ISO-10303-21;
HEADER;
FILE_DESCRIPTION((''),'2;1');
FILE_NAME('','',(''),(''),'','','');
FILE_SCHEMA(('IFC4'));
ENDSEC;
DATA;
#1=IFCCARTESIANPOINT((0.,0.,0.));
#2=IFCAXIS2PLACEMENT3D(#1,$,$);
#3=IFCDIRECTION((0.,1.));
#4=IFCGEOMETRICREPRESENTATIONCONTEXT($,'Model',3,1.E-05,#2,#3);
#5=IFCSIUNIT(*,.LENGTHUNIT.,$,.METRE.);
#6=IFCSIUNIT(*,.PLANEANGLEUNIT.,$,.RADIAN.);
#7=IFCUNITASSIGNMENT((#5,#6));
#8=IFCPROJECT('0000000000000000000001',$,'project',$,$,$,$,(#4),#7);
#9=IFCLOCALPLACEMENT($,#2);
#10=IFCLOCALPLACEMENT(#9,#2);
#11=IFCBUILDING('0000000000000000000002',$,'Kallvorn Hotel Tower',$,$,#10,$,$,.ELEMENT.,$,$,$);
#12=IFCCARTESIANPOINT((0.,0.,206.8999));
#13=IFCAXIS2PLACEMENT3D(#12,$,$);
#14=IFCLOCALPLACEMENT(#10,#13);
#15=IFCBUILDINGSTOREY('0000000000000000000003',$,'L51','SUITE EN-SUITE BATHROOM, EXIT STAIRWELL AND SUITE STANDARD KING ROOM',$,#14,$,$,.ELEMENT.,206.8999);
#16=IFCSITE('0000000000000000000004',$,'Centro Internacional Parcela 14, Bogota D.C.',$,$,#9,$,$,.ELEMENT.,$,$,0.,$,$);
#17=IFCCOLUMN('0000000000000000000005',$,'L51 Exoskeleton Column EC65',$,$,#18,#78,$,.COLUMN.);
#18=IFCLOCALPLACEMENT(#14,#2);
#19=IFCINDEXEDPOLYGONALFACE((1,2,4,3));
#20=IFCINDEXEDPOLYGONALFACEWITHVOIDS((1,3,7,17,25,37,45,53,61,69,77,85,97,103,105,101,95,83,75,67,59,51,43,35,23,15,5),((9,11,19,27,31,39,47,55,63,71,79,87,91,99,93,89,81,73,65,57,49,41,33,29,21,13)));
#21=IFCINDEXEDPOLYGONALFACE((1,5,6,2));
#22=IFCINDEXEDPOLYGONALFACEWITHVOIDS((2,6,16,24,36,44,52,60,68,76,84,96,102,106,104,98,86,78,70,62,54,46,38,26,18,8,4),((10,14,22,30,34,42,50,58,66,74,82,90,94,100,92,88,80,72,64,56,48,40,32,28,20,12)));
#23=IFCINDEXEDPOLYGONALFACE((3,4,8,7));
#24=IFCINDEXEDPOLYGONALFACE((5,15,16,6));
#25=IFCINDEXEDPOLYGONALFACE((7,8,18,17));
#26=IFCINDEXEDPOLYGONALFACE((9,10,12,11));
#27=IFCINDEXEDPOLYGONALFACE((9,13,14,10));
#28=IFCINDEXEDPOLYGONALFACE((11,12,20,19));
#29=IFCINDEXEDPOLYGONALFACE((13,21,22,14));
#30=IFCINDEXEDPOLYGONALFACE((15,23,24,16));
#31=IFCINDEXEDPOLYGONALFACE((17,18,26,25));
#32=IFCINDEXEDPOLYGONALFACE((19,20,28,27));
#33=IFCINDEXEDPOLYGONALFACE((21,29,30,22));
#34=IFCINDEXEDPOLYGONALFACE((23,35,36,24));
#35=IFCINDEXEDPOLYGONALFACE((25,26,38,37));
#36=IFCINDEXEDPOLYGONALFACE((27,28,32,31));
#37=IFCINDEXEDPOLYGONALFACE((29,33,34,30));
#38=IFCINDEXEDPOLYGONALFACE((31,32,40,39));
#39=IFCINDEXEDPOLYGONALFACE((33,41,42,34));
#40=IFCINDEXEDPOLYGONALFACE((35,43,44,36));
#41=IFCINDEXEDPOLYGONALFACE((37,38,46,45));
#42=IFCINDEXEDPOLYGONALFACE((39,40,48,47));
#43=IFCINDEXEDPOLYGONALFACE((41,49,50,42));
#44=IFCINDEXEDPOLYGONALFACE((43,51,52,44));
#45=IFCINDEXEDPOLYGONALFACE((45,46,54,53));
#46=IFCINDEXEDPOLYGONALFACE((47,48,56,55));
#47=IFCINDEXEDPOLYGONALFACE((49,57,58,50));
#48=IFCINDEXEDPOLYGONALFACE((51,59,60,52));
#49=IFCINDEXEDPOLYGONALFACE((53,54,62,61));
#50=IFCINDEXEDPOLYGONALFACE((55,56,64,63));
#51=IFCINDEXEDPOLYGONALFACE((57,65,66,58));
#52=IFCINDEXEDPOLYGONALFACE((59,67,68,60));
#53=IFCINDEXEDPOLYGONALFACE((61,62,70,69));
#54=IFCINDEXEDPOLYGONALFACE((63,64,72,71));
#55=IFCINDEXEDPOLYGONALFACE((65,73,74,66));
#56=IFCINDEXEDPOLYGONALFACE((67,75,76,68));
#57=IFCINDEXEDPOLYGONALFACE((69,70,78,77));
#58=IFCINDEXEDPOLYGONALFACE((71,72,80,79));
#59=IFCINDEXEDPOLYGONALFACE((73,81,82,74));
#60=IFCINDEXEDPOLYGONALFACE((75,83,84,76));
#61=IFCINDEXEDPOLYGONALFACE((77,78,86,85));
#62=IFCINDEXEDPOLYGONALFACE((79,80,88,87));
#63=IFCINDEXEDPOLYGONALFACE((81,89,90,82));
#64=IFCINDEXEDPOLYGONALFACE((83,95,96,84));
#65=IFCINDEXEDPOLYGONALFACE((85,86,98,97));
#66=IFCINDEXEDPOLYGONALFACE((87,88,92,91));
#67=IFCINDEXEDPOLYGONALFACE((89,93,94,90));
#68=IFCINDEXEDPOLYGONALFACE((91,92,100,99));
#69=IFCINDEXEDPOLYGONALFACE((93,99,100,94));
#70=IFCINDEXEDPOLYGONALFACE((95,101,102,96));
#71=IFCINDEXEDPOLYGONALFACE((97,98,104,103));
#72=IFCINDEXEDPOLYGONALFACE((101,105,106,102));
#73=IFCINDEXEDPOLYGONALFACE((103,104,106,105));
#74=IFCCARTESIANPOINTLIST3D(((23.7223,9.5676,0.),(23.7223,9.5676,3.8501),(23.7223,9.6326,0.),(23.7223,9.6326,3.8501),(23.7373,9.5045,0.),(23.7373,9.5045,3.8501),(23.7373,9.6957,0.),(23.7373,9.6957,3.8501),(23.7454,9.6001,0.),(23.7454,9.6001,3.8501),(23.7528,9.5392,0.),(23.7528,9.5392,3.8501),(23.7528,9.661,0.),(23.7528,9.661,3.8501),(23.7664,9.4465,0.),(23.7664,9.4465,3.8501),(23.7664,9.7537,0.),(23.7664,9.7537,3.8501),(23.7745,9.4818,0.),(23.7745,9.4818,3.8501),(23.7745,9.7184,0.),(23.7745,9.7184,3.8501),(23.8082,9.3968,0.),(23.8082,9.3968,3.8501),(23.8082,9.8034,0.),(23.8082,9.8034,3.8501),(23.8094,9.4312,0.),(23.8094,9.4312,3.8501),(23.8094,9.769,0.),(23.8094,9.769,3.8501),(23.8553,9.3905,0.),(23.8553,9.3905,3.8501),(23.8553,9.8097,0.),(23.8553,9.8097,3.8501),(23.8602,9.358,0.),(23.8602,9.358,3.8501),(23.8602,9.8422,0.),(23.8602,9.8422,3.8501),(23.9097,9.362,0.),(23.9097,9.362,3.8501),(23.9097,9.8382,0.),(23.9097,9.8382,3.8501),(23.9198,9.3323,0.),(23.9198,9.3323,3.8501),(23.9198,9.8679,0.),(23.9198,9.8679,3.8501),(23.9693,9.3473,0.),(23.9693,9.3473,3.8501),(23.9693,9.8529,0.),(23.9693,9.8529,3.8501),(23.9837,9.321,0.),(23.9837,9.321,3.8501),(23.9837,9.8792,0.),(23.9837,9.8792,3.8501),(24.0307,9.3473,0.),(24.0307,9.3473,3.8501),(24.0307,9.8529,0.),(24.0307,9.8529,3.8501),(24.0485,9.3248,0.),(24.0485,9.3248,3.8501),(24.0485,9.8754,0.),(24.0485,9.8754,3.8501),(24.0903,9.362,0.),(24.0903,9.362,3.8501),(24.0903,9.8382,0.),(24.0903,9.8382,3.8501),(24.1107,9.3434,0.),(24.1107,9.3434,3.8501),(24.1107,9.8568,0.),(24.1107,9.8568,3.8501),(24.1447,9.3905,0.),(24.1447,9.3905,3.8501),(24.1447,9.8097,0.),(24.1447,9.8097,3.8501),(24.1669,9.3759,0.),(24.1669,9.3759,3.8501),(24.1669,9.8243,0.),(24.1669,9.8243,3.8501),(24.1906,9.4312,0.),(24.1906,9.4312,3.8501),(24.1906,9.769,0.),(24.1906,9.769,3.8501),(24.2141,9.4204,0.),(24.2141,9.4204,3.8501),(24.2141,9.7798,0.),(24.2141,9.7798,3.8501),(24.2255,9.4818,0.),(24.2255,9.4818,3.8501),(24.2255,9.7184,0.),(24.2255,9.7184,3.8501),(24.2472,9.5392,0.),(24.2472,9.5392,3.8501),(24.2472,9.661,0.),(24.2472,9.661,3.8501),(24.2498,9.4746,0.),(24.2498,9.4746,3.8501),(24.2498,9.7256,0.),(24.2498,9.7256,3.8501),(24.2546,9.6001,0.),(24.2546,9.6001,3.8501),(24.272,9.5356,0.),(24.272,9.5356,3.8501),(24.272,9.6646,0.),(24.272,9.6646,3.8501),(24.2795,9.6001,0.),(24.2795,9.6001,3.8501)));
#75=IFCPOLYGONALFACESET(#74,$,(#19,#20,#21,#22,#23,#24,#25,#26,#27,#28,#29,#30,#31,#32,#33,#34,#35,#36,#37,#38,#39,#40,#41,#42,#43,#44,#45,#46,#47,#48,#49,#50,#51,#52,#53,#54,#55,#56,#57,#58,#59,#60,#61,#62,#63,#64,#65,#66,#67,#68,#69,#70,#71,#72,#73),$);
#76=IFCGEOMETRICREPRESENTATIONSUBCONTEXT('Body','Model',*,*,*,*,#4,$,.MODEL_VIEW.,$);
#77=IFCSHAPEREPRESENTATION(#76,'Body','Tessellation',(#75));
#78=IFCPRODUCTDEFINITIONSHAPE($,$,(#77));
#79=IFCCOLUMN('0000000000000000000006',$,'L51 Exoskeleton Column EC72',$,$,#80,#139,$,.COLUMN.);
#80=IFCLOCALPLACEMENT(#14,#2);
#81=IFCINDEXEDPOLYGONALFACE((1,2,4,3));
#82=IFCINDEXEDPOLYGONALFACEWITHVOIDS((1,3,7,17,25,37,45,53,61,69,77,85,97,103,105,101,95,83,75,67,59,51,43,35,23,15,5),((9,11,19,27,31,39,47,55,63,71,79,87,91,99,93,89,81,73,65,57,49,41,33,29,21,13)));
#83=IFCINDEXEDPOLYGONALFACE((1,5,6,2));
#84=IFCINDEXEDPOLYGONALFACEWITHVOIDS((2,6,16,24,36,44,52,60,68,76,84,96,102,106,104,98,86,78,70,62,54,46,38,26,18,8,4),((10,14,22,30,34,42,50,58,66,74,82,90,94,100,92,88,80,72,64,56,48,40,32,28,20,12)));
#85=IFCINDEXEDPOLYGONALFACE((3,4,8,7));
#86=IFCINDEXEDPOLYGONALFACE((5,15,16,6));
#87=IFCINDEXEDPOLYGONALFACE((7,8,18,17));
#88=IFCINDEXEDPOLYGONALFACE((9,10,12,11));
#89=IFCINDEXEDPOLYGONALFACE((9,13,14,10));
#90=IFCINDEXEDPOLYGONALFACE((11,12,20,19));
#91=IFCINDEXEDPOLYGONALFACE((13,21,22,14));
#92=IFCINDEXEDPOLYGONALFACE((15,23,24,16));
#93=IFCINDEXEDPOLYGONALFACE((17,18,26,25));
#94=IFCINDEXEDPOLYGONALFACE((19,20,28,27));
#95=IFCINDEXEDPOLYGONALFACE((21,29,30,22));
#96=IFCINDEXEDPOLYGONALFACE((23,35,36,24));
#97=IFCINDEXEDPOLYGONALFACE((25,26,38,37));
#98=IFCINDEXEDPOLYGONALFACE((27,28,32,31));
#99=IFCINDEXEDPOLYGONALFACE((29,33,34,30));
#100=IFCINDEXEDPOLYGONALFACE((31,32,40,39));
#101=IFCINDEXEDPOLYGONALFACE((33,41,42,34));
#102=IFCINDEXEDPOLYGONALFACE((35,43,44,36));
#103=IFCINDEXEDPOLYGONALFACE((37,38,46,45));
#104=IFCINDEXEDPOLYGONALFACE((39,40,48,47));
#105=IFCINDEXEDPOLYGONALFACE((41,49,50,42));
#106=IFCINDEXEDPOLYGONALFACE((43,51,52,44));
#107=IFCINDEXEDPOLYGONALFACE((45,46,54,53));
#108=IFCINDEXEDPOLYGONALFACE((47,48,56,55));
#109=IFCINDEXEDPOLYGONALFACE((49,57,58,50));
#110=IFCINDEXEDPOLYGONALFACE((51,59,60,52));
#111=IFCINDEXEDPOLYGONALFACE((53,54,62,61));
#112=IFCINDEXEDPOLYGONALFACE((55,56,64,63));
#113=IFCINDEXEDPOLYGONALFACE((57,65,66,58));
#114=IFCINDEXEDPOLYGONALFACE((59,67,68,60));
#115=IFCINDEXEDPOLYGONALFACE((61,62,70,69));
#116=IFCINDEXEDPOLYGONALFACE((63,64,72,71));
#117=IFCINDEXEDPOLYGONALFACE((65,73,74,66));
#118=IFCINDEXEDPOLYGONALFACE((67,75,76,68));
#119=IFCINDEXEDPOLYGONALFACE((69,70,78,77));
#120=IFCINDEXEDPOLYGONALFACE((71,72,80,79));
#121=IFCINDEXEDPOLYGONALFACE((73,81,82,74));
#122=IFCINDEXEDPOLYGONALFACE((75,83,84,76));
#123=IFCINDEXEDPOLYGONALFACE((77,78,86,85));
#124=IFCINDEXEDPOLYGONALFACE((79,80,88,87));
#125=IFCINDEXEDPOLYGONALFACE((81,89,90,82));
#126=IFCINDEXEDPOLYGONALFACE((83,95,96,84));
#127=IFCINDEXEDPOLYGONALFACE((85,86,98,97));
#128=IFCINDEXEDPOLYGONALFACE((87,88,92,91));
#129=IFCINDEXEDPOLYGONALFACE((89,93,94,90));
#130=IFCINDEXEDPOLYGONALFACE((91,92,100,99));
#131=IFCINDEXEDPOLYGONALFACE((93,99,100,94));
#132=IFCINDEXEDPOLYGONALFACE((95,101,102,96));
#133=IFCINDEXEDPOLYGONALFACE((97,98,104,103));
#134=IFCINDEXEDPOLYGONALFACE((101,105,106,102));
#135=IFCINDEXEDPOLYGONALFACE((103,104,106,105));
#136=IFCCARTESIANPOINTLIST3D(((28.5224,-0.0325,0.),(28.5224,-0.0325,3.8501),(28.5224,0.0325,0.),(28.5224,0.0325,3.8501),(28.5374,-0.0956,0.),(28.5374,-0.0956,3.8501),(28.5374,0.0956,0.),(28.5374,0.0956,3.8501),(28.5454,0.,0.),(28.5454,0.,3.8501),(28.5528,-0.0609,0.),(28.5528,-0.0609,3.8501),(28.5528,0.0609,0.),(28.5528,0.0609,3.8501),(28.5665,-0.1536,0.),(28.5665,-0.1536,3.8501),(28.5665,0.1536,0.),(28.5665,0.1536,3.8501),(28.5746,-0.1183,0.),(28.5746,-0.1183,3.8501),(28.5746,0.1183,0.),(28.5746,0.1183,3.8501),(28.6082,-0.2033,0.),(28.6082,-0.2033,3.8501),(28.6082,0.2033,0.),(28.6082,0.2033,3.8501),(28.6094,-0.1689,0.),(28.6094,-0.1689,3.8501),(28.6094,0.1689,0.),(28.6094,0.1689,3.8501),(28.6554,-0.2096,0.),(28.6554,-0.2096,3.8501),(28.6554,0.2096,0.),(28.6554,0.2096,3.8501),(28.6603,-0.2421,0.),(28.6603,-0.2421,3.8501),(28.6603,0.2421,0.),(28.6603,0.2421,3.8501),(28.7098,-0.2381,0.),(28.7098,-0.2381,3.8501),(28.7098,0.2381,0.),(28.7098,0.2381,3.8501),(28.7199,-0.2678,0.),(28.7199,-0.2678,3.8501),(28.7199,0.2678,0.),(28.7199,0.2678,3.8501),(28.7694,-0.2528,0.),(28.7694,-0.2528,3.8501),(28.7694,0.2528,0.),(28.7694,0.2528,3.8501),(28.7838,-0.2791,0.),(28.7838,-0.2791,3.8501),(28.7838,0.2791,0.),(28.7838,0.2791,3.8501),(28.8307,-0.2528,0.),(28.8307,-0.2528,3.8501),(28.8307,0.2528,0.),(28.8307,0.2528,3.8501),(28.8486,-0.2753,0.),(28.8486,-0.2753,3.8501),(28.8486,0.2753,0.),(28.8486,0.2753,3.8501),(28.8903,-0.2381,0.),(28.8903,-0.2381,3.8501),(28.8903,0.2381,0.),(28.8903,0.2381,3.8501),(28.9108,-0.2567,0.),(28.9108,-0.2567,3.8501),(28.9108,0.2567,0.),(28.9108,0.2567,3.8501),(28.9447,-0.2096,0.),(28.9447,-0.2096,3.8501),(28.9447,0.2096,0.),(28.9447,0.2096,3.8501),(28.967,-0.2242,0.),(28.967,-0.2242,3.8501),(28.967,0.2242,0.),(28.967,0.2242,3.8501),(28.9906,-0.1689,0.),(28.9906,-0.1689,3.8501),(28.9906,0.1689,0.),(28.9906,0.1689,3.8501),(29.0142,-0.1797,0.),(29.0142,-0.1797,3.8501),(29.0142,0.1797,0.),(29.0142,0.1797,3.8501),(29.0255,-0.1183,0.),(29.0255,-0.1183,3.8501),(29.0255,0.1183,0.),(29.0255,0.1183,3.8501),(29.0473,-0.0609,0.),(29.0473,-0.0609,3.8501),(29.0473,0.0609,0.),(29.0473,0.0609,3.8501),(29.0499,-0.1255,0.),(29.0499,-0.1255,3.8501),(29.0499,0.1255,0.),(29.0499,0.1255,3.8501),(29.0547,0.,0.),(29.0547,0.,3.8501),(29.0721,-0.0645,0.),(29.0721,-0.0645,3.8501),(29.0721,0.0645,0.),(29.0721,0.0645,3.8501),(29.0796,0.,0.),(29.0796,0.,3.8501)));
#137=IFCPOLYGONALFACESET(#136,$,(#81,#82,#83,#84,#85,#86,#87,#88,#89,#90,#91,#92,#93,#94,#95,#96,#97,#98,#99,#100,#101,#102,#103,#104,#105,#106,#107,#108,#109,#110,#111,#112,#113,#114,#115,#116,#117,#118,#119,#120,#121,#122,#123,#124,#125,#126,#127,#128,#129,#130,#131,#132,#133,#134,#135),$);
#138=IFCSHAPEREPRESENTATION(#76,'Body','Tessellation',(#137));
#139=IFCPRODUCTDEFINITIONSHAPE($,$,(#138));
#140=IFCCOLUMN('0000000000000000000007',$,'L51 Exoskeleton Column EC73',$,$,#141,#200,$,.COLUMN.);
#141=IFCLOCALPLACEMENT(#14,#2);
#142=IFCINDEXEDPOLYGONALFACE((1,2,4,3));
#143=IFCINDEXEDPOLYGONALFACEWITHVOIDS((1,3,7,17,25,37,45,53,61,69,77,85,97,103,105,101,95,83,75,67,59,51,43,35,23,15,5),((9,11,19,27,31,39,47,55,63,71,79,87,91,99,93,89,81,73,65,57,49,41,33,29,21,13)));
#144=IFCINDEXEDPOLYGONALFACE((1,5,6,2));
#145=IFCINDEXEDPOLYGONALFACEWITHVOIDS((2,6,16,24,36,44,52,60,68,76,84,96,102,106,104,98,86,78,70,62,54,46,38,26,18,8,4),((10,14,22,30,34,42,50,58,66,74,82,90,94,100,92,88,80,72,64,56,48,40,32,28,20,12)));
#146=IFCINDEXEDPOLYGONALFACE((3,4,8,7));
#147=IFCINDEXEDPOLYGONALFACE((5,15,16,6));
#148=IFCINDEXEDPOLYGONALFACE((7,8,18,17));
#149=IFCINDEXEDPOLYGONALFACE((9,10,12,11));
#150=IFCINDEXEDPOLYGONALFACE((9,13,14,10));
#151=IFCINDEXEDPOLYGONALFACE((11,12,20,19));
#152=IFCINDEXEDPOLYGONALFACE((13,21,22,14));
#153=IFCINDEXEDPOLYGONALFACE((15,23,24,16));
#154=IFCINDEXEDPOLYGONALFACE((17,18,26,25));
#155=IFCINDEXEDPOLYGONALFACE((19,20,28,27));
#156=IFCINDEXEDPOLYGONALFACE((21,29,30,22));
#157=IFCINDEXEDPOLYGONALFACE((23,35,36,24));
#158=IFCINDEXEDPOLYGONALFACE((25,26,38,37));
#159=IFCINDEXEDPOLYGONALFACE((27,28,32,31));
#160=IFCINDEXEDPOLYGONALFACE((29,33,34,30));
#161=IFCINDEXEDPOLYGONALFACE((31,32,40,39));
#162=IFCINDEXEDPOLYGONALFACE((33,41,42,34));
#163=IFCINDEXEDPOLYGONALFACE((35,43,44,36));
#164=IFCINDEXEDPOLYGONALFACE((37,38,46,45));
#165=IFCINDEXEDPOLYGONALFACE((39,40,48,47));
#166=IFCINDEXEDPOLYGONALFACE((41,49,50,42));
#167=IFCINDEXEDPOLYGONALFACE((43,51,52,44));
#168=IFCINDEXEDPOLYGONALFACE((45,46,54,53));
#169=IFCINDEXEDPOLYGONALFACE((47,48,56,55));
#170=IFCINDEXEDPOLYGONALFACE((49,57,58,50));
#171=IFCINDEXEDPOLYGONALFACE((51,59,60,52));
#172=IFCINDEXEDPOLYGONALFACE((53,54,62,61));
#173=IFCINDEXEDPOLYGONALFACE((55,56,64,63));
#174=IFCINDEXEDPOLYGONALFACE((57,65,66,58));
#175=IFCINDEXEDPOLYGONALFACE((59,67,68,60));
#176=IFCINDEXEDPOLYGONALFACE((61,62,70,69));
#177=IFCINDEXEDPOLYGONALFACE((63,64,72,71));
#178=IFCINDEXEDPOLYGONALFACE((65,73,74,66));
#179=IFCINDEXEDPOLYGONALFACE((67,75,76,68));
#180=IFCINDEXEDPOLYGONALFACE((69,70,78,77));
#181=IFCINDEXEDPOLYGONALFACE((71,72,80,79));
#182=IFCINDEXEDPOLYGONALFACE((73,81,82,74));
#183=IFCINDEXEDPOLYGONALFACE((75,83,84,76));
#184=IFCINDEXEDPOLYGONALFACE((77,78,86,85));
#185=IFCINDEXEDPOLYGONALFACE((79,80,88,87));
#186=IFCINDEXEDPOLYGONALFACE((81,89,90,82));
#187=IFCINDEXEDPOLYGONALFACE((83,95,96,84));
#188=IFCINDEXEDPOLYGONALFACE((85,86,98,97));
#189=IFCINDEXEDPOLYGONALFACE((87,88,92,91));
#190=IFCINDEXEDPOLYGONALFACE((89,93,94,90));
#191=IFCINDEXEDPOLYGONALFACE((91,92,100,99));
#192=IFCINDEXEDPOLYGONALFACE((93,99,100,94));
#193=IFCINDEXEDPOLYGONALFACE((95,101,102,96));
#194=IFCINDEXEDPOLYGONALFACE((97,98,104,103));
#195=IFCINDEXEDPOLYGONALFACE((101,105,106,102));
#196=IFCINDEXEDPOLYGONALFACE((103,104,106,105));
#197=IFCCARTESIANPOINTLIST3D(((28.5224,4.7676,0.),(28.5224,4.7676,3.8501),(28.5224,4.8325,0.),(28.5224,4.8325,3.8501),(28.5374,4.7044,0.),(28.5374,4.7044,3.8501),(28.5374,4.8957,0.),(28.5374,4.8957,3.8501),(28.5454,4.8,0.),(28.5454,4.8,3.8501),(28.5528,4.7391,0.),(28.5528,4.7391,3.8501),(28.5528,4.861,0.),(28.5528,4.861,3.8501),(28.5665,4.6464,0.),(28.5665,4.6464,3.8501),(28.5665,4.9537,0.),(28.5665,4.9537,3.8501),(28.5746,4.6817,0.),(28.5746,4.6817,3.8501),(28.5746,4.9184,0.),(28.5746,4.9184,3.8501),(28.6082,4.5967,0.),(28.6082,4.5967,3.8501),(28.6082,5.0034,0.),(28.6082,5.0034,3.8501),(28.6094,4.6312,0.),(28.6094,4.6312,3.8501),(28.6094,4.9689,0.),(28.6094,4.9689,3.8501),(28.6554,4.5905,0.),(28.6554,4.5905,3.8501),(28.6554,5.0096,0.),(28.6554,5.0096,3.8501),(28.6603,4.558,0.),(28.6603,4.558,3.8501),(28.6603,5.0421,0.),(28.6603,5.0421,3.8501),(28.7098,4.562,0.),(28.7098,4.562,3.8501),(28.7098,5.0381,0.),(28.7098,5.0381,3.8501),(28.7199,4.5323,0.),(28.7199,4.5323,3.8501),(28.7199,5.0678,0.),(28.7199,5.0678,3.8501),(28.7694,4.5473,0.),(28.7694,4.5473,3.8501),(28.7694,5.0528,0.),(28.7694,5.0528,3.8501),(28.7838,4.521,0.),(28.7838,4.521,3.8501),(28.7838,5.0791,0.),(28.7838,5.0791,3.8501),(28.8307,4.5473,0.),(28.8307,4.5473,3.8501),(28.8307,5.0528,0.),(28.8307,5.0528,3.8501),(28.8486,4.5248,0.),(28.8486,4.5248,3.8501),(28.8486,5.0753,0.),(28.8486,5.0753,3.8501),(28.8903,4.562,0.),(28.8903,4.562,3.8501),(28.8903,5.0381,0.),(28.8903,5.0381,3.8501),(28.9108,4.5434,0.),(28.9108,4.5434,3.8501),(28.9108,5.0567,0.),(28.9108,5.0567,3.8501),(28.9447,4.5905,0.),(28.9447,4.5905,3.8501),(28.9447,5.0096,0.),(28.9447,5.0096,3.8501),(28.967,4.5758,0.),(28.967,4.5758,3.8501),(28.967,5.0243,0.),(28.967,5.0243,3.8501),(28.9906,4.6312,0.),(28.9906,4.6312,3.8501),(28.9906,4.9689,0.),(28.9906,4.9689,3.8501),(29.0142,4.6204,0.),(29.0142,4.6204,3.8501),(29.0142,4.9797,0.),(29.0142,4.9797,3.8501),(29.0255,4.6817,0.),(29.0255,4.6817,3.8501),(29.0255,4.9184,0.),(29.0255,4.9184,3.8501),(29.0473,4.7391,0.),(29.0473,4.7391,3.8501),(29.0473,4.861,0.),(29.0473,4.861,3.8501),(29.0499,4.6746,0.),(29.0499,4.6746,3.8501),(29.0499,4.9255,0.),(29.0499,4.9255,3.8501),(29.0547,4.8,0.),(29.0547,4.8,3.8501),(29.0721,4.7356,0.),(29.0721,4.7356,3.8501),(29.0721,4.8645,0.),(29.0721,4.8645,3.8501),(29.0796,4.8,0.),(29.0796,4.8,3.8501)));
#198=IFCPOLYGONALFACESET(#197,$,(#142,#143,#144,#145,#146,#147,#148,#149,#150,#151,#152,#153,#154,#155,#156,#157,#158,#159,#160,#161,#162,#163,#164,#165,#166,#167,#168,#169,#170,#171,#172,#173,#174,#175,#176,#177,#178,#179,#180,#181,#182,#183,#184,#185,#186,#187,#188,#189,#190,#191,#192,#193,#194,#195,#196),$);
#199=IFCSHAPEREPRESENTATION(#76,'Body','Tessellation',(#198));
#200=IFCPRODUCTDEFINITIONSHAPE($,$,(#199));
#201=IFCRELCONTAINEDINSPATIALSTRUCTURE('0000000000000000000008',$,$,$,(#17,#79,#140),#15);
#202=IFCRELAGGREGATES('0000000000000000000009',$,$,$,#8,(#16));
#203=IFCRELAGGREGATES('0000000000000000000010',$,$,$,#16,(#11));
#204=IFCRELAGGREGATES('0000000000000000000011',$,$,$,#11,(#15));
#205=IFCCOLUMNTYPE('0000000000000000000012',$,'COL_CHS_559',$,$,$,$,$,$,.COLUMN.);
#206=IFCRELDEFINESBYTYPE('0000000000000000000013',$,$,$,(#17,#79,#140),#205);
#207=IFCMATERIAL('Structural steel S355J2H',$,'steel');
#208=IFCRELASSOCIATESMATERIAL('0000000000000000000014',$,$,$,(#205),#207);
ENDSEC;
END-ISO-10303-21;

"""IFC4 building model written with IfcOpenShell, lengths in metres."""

from ifc_helpers import new_model, si_unit, direction, frame, origin, origin_2d, place, context, subcontext, project, spatial, hollow_circle, extrude, material, material_profile, profile_set, type_object, element, save


model = new_model("IFC4")

# Units and contexts
model_context = context("Model", 3, precision=1e-05, world=origin(), true_north=direction((0.0, 1.0)))
body_context = subcontext(model_context, "Body", "Model", "MODEL_VIEW")
ifc_project = project(units=[si_unit("LENGTHUNIT", "METRE"), si_unit("PLANEANGLEUNIT", "RADIAN")], contexts=[model_context])

# Site, building, storey
site_placement = place(None, origin())
site = spatial("IfcSite", under=ifc_project, at=site_placement, Name="Centro Internacional Parcela 14, Bogota D.C.", CompositionType="ELEMENT", RefElevation=0.0)
building_placement = place(site_placement, origin())
building = spatial("IfcBuilding", under=site, at=building_placement, Name="Kallvorn Hotel Tower", CompositionType="ELEMENT")
storey_placement = place(building_placement, frame((0.0, 0.0, 206.8999)))
storey = spatial("IfcBuildingStorey", under=building, at=storey_placement, Name="L51", Description="SUITE EN-SUITE BATHROOM, EXIT STAIRWELL AND SUITE STANDARD KING ROOM", CompositionType="ELEMENT", Elevation=206.8999)

# Columns
ifc_material_1 = material(Name="Structural steel S355J2H", Category="steel")
ifc_material_profile_1 = material_profile(ifc_material_1, hollow_circle(Radius=0.2795, WallThickness=0.0249, at=origin_2d()), Name="CHS 559x25")
ifc_profile_set_1 = profile_set([ifc_material_profile_1], Name="Structural steel S355J2H")
column_type_1 = type_object("IfcColumnType", Name="COL_CHS_559", PredefinedType="COLUMN", material=ifc_profile_set_1)
for number, where, z_axis, x_axis, name in (
    (1, (24.0, 9.6001, 0.0), (0.0, 0.0, 1.0), (1.0, 0.0, 0.0), "L51 Exoskeleton Column EC65"),
    (2, (28.8, 0.0, 0.0), (0.0, 0.0, 1.0), (1.0, 0.0, 0.0), "L51 Exoskeleton Column EC72"),
    (3, (28.8, 4.8, 0.0), (0.0, 0.0, 1.0), (1.0, 0.0, 0.0), "L51 Exoskeleton Column EC73"),
):
    element("IfcColumn", number, at=place(storey_placement, frame(where, z_axis=z_axis, x_axis=x_axis)), inside=storey, type_object=column_type_1, Name=name, PredefinedType="COLUMN", context=body_context, shape_type="SweptSolid", body=[
        extrude(hollow_circle(Radius=0.2795, WallThickness=0.0249, at=origin_2d()), origin(), (0.0, 0.0, 1.0), 3.8501),
    ])

save(model, "model.ifc")
